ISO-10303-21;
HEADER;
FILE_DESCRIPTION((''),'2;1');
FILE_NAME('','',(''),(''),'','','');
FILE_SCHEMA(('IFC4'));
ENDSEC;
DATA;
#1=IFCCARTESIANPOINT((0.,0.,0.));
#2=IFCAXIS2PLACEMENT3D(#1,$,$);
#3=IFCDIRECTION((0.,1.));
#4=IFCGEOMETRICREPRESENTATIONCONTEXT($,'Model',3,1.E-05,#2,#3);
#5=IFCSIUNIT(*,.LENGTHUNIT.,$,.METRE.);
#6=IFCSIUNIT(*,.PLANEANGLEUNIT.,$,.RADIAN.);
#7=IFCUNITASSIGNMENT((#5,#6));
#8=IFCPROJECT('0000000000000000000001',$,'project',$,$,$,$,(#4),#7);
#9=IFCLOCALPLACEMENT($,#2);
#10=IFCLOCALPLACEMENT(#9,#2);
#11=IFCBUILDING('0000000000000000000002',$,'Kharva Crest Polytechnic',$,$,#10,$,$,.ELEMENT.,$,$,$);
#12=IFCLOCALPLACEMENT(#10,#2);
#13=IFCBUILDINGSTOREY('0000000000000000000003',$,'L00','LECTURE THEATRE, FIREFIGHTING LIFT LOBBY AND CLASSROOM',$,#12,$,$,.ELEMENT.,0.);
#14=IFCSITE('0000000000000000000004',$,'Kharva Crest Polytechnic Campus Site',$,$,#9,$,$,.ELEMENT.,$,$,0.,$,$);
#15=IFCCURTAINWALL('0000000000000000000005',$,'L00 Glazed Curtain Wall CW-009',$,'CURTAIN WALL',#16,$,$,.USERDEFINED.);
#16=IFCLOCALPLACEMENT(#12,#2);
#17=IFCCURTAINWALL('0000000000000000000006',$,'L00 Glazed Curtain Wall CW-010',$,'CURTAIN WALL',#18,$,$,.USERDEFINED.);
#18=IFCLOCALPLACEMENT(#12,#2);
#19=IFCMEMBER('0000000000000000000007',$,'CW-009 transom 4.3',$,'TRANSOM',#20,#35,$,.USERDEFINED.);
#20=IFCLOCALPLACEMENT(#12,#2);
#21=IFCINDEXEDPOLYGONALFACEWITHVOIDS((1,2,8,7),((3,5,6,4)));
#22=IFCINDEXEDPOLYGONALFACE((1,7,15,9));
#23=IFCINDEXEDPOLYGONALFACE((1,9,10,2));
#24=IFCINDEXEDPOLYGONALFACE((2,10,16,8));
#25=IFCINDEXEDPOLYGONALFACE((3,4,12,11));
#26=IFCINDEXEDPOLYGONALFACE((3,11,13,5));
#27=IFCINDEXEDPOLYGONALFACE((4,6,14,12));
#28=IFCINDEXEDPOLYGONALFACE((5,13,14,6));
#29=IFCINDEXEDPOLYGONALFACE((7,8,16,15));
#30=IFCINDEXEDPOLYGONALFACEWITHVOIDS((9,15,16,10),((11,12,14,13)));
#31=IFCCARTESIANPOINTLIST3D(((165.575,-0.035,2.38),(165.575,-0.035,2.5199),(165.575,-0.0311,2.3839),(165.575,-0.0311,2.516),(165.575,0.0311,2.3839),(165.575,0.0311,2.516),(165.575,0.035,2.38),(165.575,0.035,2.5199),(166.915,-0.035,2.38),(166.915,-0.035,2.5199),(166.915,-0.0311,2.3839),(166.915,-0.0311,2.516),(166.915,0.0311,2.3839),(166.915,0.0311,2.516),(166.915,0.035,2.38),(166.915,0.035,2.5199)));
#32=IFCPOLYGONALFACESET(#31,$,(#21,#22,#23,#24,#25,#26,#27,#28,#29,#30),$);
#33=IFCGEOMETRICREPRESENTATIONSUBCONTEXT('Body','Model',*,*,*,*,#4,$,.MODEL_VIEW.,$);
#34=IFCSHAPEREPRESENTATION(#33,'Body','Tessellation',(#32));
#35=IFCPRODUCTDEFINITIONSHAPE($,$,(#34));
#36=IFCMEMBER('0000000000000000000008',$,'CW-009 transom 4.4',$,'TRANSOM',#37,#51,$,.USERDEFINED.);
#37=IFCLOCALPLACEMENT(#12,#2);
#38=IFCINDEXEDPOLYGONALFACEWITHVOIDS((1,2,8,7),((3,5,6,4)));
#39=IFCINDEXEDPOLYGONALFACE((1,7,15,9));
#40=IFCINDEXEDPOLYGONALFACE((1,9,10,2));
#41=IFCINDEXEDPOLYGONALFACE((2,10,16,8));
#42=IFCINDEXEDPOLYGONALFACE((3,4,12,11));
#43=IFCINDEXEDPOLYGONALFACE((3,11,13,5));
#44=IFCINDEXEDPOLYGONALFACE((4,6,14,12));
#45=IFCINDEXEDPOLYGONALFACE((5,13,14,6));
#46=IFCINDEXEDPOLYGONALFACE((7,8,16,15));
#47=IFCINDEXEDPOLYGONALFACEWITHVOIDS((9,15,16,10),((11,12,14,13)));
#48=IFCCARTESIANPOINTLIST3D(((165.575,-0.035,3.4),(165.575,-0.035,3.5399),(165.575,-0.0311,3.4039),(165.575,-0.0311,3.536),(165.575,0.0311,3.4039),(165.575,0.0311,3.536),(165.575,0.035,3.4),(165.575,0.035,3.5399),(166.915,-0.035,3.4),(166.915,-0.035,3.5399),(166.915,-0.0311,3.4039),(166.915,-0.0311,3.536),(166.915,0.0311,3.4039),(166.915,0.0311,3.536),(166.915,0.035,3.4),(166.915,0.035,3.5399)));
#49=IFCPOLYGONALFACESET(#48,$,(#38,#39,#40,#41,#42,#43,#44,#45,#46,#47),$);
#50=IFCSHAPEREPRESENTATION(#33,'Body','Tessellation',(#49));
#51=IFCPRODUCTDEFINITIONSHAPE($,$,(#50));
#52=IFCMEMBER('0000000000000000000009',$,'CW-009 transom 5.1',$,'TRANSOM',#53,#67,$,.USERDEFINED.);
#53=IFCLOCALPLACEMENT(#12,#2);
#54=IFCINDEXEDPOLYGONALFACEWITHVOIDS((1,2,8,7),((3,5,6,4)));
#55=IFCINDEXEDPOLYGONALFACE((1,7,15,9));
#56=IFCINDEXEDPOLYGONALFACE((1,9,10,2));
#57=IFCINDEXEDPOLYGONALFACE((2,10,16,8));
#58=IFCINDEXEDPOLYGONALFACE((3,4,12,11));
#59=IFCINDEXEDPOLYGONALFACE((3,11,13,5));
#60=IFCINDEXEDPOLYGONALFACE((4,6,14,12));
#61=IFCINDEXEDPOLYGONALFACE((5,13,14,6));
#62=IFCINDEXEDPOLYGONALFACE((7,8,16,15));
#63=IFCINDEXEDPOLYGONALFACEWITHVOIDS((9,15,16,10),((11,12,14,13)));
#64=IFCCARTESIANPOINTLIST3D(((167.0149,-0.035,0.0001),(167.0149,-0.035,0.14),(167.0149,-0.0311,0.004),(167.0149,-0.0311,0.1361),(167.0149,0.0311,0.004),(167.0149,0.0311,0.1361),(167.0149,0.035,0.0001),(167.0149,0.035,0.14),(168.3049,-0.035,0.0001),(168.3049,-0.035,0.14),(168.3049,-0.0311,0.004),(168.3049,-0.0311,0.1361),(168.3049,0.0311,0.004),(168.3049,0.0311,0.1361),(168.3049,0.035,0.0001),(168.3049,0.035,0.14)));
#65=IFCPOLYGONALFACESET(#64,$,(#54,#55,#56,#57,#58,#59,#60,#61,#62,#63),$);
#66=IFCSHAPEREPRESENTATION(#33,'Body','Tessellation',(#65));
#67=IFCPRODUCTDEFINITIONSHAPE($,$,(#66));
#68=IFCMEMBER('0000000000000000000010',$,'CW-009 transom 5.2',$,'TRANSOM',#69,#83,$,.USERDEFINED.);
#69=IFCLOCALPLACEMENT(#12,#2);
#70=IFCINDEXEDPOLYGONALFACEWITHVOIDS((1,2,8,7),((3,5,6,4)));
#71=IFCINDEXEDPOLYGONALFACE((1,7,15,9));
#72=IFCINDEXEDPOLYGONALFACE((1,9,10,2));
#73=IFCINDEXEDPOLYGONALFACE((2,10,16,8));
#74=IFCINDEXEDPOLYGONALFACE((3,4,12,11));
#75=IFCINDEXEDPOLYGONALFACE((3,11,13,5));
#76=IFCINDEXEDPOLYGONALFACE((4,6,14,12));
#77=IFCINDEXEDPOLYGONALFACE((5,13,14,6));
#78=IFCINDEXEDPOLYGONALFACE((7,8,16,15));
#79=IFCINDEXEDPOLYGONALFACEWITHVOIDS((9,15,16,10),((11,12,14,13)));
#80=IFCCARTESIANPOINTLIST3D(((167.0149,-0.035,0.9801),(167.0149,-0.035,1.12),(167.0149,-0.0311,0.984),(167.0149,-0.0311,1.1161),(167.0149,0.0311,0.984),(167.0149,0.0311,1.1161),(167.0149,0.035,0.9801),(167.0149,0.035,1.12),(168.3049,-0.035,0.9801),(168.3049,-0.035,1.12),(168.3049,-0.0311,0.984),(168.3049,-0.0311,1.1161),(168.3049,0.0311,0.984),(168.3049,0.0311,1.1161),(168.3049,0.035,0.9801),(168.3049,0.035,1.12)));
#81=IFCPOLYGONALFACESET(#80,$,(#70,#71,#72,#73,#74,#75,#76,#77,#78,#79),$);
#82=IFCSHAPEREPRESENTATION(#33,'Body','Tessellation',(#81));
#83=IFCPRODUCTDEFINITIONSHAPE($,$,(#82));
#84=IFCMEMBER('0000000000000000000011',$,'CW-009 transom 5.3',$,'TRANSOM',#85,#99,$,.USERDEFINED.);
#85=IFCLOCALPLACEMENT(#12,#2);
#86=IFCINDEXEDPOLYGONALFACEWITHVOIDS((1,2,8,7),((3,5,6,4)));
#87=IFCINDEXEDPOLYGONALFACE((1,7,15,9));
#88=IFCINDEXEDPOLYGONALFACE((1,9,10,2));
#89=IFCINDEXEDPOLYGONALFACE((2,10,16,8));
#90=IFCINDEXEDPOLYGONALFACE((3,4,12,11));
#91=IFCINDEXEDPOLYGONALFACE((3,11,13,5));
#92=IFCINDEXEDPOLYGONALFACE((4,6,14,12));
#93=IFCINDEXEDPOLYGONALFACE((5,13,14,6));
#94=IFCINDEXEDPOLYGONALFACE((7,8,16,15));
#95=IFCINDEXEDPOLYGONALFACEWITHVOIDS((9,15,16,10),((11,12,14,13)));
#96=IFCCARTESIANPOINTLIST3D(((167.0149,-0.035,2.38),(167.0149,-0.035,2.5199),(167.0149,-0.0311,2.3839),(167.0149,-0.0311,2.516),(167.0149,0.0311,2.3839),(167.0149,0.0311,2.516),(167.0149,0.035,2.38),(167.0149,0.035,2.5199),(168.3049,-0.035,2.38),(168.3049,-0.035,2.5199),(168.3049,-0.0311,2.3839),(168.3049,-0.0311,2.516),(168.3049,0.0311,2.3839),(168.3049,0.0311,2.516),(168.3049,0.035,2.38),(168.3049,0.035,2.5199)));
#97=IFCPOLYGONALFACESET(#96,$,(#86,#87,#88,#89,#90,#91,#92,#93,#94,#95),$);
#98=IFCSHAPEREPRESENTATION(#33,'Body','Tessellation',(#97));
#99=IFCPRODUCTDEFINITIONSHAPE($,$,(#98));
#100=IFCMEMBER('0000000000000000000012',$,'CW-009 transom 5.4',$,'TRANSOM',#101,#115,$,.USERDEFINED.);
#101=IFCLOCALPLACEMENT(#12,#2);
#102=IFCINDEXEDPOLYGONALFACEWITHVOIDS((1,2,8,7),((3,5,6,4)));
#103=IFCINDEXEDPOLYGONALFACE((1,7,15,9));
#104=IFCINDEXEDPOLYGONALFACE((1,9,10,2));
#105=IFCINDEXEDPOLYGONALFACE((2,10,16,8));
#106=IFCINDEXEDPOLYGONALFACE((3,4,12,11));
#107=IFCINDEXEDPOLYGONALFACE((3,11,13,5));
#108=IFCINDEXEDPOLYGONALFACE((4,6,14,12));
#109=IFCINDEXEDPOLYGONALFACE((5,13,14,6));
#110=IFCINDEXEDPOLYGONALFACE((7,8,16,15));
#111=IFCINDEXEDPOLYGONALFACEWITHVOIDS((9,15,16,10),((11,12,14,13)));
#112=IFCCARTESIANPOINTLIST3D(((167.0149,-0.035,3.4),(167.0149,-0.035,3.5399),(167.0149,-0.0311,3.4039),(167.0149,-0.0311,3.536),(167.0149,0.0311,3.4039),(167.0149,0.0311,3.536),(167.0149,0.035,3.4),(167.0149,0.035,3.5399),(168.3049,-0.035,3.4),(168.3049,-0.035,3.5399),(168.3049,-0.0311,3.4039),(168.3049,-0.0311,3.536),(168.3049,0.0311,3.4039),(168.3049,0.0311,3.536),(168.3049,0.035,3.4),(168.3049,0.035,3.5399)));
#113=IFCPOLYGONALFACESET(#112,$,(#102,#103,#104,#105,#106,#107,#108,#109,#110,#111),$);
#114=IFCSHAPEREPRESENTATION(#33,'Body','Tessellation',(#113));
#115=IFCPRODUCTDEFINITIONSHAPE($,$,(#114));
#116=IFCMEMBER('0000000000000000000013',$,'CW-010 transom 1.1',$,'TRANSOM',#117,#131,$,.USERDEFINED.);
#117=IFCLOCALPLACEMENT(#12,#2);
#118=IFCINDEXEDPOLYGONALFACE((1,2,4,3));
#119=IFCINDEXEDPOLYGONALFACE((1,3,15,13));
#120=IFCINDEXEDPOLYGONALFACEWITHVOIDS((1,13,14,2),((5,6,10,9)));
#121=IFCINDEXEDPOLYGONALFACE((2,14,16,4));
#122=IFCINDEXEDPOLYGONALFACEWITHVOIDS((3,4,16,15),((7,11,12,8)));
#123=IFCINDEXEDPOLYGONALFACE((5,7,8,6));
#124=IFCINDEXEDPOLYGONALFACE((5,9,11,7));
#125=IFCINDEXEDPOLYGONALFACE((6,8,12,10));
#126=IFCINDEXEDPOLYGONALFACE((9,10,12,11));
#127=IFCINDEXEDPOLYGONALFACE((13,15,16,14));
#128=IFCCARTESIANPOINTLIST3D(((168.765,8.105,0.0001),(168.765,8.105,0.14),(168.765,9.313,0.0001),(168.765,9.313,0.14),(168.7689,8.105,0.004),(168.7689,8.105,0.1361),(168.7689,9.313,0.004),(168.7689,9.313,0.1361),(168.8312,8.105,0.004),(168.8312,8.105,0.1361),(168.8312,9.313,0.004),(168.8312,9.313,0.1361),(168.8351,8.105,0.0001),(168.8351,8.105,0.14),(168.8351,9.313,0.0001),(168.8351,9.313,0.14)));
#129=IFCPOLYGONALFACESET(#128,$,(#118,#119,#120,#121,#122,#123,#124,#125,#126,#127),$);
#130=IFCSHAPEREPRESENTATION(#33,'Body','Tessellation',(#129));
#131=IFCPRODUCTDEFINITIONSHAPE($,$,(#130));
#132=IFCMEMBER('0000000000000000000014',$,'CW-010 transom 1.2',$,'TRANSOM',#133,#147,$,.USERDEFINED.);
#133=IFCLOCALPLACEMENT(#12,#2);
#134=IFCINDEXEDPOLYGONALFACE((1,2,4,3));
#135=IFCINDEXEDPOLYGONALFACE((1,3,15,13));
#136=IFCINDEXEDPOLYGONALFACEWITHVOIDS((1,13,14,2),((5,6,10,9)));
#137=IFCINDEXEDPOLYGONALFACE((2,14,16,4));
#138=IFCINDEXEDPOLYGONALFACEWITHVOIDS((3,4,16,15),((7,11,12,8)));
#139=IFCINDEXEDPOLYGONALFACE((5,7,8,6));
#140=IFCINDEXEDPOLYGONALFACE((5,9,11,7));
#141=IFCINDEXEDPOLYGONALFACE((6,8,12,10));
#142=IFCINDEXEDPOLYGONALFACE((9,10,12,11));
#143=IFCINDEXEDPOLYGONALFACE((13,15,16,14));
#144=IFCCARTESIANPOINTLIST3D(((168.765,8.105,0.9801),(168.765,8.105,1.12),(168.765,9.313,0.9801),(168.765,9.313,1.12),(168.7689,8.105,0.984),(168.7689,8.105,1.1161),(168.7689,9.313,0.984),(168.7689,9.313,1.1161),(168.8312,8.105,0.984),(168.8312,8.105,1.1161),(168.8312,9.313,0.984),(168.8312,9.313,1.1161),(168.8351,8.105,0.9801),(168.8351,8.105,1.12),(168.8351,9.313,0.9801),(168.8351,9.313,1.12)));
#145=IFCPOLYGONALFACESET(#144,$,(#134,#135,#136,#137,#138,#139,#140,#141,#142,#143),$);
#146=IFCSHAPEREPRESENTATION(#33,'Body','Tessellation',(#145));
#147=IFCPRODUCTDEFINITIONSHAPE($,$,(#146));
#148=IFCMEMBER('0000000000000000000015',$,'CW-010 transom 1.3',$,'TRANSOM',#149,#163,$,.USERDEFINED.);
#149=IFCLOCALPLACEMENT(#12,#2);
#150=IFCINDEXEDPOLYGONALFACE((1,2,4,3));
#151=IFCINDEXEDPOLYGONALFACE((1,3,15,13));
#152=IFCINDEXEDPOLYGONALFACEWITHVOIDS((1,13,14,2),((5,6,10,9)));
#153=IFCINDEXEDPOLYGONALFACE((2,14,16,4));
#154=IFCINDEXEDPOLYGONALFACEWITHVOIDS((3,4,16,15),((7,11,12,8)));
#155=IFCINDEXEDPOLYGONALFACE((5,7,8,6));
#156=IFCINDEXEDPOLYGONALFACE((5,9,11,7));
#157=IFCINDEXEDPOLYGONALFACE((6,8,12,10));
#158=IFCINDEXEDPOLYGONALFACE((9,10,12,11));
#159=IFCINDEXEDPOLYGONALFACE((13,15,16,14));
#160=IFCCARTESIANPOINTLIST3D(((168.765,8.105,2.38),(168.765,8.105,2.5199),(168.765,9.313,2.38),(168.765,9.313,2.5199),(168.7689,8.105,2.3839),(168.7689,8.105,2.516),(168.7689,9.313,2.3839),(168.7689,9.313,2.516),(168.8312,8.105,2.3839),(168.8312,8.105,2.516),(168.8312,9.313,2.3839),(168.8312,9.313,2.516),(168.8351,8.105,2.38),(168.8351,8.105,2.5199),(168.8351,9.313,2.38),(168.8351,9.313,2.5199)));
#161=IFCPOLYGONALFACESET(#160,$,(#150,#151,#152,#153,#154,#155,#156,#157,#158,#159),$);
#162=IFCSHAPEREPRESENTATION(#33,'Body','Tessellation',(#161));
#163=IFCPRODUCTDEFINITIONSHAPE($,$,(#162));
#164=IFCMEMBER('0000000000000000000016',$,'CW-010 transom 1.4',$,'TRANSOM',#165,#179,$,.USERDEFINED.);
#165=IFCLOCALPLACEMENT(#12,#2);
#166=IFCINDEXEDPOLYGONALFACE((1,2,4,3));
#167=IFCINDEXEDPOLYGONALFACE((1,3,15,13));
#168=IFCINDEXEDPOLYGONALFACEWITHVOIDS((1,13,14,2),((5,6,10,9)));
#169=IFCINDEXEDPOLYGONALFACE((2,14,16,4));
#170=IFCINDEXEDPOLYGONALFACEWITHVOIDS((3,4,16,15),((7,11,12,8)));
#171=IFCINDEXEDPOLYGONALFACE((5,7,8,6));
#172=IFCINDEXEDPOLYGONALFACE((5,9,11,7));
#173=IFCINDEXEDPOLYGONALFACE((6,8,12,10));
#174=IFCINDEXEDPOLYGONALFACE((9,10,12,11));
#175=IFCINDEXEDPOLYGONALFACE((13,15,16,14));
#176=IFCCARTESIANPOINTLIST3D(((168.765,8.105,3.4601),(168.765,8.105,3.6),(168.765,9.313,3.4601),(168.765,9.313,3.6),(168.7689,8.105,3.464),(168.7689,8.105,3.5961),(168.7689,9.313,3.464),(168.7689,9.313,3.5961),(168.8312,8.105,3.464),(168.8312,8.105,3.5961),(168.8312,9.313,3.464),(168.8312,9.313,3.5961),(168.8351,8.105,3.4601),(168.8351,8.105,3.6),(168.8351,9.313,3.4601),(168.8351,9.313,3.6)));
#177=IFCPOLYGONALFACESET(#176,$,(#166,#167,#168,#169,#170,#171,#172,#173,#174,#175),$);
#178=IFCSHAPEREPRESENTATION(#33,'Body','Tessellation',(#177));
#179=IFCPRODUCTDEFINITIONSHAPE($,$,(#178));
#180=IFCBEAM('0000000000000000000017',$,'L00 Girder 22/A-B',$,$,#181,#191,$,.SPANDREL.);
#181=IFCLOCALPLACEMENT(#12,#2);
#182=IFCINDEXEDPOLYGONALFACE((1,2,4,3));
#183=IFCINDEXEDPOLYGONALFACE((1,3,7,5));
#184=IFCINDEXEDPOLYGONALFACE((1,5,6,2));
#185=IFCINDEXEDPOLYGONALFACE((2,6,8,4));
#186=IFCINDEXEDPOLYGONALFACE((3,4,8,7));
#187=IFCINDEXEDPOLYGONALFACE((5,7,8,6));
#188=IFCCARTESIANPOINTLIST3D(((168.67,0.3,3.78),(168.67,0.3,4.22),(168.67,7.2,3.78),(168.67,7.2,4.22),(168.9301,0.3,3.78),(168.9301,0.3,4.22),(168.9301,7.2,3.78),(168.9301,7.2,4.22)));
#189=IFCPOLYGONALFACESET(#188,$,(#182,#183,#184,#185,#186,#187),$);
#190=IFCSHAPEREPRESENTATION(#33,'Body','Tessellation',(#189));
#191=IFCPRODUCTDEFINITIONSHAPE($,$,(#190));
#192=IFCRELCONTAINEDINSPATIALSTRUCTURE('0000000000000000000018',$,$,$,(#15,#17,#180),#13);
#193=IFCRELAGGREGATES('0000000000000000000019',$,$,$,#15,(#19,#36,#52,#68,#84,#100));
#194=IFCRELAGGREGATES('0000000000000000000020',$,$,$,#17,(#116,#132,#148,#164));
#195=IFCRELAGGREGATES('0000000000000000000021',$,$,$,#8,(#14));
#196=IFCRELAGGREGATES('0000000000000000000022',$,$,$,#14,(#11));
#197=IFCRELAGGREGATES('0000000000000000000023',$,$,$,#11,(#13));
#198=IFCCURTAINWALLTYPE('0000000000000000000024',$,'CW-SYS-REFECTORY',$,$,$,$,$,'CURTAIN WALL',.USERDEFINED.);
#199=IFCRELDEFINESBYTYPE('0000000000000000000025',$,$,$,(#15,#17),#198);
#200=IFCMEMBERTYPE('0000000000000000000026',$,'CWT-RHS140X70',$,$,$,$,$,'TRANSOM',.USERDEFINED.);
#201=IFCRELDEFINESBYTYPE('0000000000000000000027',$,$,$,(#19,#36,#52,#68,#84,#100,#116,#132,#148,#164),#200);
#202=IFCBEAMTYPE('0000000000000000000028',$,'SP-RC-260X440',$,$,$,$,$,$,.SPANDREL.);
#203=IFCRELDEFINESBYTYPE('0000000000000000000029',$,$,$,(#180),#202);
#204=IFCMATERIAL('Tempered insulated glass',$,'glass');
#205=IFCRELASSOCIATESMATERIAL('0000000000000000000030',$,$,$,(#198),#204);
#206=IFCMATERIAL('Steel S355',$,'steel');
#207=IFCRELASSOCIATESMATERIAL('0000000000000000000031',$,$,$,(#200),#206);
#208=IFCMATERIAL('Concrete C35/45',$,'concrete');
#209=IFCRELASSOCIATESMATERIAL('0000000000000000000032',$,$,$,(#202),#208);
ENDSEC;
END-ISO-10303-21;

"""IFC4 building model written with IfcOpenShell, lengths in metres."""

from ifc_helpers import new_model, si_unit, direction, frame, origin, origin_2d, place, context, subcontext, project, spatial, rectangle, hollow_rectangle, extrude, material, material_profile, profile_set, type_object, element, aggregate, save


model = new_model("IFC4")

# Units and contexts
model_context = context("Model", 3, precision=1e-05, world=origin(), true_north=direction((0.0, 1.0)))
body_context = subcontext(model_context, "Body", "Model", "MODEL_VIEW")
ifc_project = project(units=[si_unit("LENGTHUNIT", "METRE"), si_unit("PLANEANGLEUNIT", "RADIAN")], contexts=[model_context])

# Site, building, storey
site_placement = place(None, origin())
site = spatial("IfcSite", under=ifc_project, at=site_placement, Name="Kharva Crest Polytechnic Campus Site", CompositionType="ELEMENT", RefElevation=0.0)
building_placement = place(site_placement, origin())
building = spatial("IfcBuilding", under=site, at=building_placement, Name="Kharva Crest Polytechnic", CompositionType="ELEMENT")
storey_placement = place(building_placement, origin())
storey = spatial("IfcBuildingStorey", under=building, at=storey_placement, Name="L00", Description="LECTURE THEATRE, FIREFIGHTING LIFT LOBBY AND CLASSROOM", CompositionType="ELEMENT", Elevation=0.0)

# Curtain walls
ifc_material_1 = material(Name="Tempered insulated glass", Category="glass")
curtain_wall_type = type_object("IfcCurtainWallType", Name="CW-SYS-REFECTORY", ElementType="CURTAIN WALL", PredefinedType="USERDEFINED", material=ifc_material_1)
curtain_wall_1_placement = place(storey_placement, origin())
curtain_wall_1 = element("IfcCurtainWall", 1, at=curtain_wall_1_placement, inside=storey, type_object=curtain_wall_type, Name="L00 Glazed Curtain Wall CW-009", ObjectType="CURTAIN WALL", PredefinedType="USERDEFINED")
ifc_material_2 = material(Name="Steel S355", Category="steel")
curtain_wall_2_placement = place(storey_placement, origin())
curtain_wall_2 = element("IfcCurtainWall", 2, at=curtain_wall_2_placement, inside=storey, type_object=curtain_wall_type, Name="L00 Glazed Curtain Wall CW-010", ObjectType="CURTAIN WALL", PredefinedType="USERDEFINED")

# Members
ifc_material_profile_1 = material_profile(ifc_material_2, hollow_rectangle(XDim=0.0701, YDim=0.1399, WallThickness=0.0039, at=origin_2d()), Name="RHS 140X70X4.0")
ifc_profile_set_1 = profile_set([ifc_material_profile_1], Name="Steel S355")
member_type_1 = type_object("IfcMemberType", Name="CWT-RHS140X70", ElementType="TRANSOM", PredefinedType="USERDEFINED", material=ifc_profile_set_1)
member_1_placement = place(storey_placement, frame((165.575, 0.0, 2.45), z_axis=(1.0, 0.0, 0.0), x_axis=(0.0, 1.0, 0.0)))
member_1 = element("IfcMember", 3, at=member_1_placement, type_object=member_type_1, Name="CW-009 transom 4.3", ObjectType="TRANSOM", PredefinedType="USERDEFINED", context=body_context, shape_type="SweptSolid", body=[
    extrude(hollow_rectangle(XDim=0.0701, YDim=0.1399, WallThickness=0.0039, at=origin_2d()), origin(), (0.0, 0.0, 1.0), 1.3401),
])
member_2_placement = place(storey_placement, frame((165.575, 0.0, 3.47), z_axis=(1.0, 0.0, 0.0), x_axis=(0.0, 1.0, 0.0)))
member_2 = element("IfcMember", 4, at=member_2_placement, type_object=member_type_1, Name="CW-009 transom 4.4", ObjectType="TRANSOM", PredefinedType="USERDEFINED", context=body_context, shape_type="SweptSolid", body=[
    extrude(hollow_rectangle(XDim=0.0701, YDim=0.1399, WallThickness=0.0039, at=origin_2d()), origin(), (0.0, 0.0, 1.0), 1.3401),
])
member_3_placement = place(storey_placement, frame((167.0149, 0.0, 0.0701), z_axis=(1.0, 0.0, 0.0), x_axis=(0.0, 1.0, 0.0)))
member_3 = element("IfcMember", 5, at=member_3_placement, type_object=member_type_1, Name="CW-009 transom 5.1", ObjectType="TRANSOM", PredefinedType="USERDEFINED", context=body_context, shape_type="SweptSolid", body=[
    extrude(hollow_rectangle(XDim=0.0701, YDim=0.1399, WallThickness=0.0039, at=origin_2d()), origin(), (0.0, 0.0, 1.0), 1.29),
])
member_4_placement = place(storey_placement, frame((167.0149, 0.0, 1.05), z_axis=(1.0, 0.0, 0.0), x_axis=(0.0, 1.0, 0.0)))
member_4 = element("IfcMember", 6, at=member_4_placement, type_object=member_type_1, Name="CW-009 transom 5.2", ObjectType="TRANSOM", PredefinedType="USERDEFINED", context=body_context, shape_type="SweptSolid", body=[
    extrude(hollow_rectangle(XDim=0.0701, YDim=0.1399, WallThickness=0.0039, at=origin_2d()), origin(), (0.0, 0.0, 1.0), 1.29),
])
member_5_placement = place(storey_placement, frame((167.0149, 0.0, 2.45), z_axis=(1.0, 0.0, 0.0), x_axis=(0.0, 1.0, 0.0)))
member_5 = element("IfcMember", 7, at=member_5_placement, type_object=member_type_1, Name="CW-009 transom 5.3", ObjectType="TRANSOM", PredefinedType="USERDEFINED", context=body_context, shape_type="SweptSolid", body=[
    extrude(hollow_rectangle(XDim=0.0701, YDim=0.1399, WallThickness=0.0039, at=origin_2d()), origin(), (0.0, 0.0, 1.0), 1.29),
])
member_6_placement = place(storey_placement, frame((167.0149, 0.0, 3.47), z_axis=(1.0, 0.0, 0.0), x_axis=(0.0, 1.0, 0.0)))
member_6 = element("IfcMember", 8, at=member_6_placement, type_object=member_type_1, Name="CW-009 transom 5.4", ObjectType="TRANSOM", PredefinedType="USERDEFINED", context=body_context, shape_type="SweptSolid", body=[
    extrude(hollow_rectangle(XDim=0.0701, YDim=0.1399, WallThickness=0.0039, at=origin_2d()), origin(), (0.0, 0.0, 1.0), 1.29),
])
member_7_placement = place(storey_placement, frame((168.8, 8.105, 0.0701), z_axis=(0.0, 1.0, 0.0), x_axis=(-1.0, 0.0, 0.0)))
member_7 = element("IfcMember", 9, at=member_7_placement, type_object=member_type_1, Name="CW-010 transom 1.1", ObjectType="TRANSOM", PredefinedType="USERDEFINED", context=body_context, shape_type="SweptSolid", body=[
    extrude(hollow_rectangle(XDim=0.0701, YDim=0.1399, WallThickness=0.0039, at=origin_2d()), origin(), (0.0, 0.0, 1.0), 1.208),
])
member_8_placement = place(storey_placement, frame((168.8, 8.105, 1.05), z_axis=(0.0, 1.0, 0.0), x_axis=(-1.0, 0.0, 0.0)))
member_8 = element("IfcMember", 10, at=member_8_placement, type_object=member_type_1, Name="CW-010 transom 1.2", ObjectType="TRANSOM", PredefinedType="USERDEFINED", context=body_context, shape_type="SweptSolid", body=[
    extrude(hollow_rectangle(XDim=0.0701, YDim=0.1399, WallThickness=0.0039, at=origin_2d()), origin(), (0.0, 0.0, 1.0), 1.208),
])
member_9_placement = place(storey_placement, frame((168.8, 8.105, 2.45), z_axis=(0.0, 1.0, 0.0), x_axis=(-1.0, 0.0, 0.0)))
member_9 = element("IfcMember", 11, at=member_9_placement, type_object=member_type_1, Name="CW-010 transom 1.3", ObjectType="TRANSOM", PredefinedType="USERDEFINED", context=body_context, shape_type="SweptSolid", body=[
    extrude(hollow_rectangle(XDim=0.0701, YDim=0.1399, WallThickness=0.0039, at=origin_2d()), origin(), (0.0, 0.0, 1.0), 1.208),
])
member_10_placement = place(storey_placement, frame((168.8, 8.105, 3.53), z_axis=(0.0, 1.0, 0.0), x_axis=(-1.0, 0.0, 0.0)))
member_10 = element("IfcMember", 12, at=member_10_placement, type_object=member_type_1, Name="CW-010 transom 1.4", ObjectType="TRANSOM", PredefinedType="USERDEFINED", context=body_context, shape_type="SweptSolid", body=[
    extrude(hollow_rectangle(XDim=0.0701, YDim=0.1399, WallThickness=0.0039, at=origin_2d()), origin(), (0.0, 0.0, 1.0), 1.208),
])

# Beam
ifc_material_3 = material(Name="Concrete C35/45", Category="concrete")
ifc_material_profile_2 = material_profile(ifc_material_3, rectangle(XDim=0.26, YDim=0.4399, at=origin_2d()), Name="RECT 260 X 440")
ifc_profile_set_2 = profile_set([ifc_material_profile_2], Name="Concrete C35/45")
beam_type_1 = type_object("IfcBeamType", Name="SP-RC-260X440", PredefinedType="SPANDREL", material=ifc_profile_set_2)
beam_1_placement = place(storey_placement, frame((168.8, 0.3, 4.0), z_axis=(0.0, 1.0, 0.0), x_axis=(-1.0, 0.0, 0.0)))
element("IfcBeam", 13, at=beam_1_placement, inside=storey, type_object=beam_type_1, Name="L00 Girder 22/A-B", PredefinedType="SPANDREL", context=body_context, shape_type="SweptSolid", body=[
    extrude(rectangle(XDim=0.26, YDim=0.4399, at=origin_2d()), origin(), (0.0, 0.0, 1.0), 6.8999),
])

aggregate(curtain_wall_1, [member_1, member_2, member_3, member_4, member_5, member_6])
aggregate(curtain_wall_2, [member_7, member_8, member_9, member_10])

save(model, "model.ifc")
